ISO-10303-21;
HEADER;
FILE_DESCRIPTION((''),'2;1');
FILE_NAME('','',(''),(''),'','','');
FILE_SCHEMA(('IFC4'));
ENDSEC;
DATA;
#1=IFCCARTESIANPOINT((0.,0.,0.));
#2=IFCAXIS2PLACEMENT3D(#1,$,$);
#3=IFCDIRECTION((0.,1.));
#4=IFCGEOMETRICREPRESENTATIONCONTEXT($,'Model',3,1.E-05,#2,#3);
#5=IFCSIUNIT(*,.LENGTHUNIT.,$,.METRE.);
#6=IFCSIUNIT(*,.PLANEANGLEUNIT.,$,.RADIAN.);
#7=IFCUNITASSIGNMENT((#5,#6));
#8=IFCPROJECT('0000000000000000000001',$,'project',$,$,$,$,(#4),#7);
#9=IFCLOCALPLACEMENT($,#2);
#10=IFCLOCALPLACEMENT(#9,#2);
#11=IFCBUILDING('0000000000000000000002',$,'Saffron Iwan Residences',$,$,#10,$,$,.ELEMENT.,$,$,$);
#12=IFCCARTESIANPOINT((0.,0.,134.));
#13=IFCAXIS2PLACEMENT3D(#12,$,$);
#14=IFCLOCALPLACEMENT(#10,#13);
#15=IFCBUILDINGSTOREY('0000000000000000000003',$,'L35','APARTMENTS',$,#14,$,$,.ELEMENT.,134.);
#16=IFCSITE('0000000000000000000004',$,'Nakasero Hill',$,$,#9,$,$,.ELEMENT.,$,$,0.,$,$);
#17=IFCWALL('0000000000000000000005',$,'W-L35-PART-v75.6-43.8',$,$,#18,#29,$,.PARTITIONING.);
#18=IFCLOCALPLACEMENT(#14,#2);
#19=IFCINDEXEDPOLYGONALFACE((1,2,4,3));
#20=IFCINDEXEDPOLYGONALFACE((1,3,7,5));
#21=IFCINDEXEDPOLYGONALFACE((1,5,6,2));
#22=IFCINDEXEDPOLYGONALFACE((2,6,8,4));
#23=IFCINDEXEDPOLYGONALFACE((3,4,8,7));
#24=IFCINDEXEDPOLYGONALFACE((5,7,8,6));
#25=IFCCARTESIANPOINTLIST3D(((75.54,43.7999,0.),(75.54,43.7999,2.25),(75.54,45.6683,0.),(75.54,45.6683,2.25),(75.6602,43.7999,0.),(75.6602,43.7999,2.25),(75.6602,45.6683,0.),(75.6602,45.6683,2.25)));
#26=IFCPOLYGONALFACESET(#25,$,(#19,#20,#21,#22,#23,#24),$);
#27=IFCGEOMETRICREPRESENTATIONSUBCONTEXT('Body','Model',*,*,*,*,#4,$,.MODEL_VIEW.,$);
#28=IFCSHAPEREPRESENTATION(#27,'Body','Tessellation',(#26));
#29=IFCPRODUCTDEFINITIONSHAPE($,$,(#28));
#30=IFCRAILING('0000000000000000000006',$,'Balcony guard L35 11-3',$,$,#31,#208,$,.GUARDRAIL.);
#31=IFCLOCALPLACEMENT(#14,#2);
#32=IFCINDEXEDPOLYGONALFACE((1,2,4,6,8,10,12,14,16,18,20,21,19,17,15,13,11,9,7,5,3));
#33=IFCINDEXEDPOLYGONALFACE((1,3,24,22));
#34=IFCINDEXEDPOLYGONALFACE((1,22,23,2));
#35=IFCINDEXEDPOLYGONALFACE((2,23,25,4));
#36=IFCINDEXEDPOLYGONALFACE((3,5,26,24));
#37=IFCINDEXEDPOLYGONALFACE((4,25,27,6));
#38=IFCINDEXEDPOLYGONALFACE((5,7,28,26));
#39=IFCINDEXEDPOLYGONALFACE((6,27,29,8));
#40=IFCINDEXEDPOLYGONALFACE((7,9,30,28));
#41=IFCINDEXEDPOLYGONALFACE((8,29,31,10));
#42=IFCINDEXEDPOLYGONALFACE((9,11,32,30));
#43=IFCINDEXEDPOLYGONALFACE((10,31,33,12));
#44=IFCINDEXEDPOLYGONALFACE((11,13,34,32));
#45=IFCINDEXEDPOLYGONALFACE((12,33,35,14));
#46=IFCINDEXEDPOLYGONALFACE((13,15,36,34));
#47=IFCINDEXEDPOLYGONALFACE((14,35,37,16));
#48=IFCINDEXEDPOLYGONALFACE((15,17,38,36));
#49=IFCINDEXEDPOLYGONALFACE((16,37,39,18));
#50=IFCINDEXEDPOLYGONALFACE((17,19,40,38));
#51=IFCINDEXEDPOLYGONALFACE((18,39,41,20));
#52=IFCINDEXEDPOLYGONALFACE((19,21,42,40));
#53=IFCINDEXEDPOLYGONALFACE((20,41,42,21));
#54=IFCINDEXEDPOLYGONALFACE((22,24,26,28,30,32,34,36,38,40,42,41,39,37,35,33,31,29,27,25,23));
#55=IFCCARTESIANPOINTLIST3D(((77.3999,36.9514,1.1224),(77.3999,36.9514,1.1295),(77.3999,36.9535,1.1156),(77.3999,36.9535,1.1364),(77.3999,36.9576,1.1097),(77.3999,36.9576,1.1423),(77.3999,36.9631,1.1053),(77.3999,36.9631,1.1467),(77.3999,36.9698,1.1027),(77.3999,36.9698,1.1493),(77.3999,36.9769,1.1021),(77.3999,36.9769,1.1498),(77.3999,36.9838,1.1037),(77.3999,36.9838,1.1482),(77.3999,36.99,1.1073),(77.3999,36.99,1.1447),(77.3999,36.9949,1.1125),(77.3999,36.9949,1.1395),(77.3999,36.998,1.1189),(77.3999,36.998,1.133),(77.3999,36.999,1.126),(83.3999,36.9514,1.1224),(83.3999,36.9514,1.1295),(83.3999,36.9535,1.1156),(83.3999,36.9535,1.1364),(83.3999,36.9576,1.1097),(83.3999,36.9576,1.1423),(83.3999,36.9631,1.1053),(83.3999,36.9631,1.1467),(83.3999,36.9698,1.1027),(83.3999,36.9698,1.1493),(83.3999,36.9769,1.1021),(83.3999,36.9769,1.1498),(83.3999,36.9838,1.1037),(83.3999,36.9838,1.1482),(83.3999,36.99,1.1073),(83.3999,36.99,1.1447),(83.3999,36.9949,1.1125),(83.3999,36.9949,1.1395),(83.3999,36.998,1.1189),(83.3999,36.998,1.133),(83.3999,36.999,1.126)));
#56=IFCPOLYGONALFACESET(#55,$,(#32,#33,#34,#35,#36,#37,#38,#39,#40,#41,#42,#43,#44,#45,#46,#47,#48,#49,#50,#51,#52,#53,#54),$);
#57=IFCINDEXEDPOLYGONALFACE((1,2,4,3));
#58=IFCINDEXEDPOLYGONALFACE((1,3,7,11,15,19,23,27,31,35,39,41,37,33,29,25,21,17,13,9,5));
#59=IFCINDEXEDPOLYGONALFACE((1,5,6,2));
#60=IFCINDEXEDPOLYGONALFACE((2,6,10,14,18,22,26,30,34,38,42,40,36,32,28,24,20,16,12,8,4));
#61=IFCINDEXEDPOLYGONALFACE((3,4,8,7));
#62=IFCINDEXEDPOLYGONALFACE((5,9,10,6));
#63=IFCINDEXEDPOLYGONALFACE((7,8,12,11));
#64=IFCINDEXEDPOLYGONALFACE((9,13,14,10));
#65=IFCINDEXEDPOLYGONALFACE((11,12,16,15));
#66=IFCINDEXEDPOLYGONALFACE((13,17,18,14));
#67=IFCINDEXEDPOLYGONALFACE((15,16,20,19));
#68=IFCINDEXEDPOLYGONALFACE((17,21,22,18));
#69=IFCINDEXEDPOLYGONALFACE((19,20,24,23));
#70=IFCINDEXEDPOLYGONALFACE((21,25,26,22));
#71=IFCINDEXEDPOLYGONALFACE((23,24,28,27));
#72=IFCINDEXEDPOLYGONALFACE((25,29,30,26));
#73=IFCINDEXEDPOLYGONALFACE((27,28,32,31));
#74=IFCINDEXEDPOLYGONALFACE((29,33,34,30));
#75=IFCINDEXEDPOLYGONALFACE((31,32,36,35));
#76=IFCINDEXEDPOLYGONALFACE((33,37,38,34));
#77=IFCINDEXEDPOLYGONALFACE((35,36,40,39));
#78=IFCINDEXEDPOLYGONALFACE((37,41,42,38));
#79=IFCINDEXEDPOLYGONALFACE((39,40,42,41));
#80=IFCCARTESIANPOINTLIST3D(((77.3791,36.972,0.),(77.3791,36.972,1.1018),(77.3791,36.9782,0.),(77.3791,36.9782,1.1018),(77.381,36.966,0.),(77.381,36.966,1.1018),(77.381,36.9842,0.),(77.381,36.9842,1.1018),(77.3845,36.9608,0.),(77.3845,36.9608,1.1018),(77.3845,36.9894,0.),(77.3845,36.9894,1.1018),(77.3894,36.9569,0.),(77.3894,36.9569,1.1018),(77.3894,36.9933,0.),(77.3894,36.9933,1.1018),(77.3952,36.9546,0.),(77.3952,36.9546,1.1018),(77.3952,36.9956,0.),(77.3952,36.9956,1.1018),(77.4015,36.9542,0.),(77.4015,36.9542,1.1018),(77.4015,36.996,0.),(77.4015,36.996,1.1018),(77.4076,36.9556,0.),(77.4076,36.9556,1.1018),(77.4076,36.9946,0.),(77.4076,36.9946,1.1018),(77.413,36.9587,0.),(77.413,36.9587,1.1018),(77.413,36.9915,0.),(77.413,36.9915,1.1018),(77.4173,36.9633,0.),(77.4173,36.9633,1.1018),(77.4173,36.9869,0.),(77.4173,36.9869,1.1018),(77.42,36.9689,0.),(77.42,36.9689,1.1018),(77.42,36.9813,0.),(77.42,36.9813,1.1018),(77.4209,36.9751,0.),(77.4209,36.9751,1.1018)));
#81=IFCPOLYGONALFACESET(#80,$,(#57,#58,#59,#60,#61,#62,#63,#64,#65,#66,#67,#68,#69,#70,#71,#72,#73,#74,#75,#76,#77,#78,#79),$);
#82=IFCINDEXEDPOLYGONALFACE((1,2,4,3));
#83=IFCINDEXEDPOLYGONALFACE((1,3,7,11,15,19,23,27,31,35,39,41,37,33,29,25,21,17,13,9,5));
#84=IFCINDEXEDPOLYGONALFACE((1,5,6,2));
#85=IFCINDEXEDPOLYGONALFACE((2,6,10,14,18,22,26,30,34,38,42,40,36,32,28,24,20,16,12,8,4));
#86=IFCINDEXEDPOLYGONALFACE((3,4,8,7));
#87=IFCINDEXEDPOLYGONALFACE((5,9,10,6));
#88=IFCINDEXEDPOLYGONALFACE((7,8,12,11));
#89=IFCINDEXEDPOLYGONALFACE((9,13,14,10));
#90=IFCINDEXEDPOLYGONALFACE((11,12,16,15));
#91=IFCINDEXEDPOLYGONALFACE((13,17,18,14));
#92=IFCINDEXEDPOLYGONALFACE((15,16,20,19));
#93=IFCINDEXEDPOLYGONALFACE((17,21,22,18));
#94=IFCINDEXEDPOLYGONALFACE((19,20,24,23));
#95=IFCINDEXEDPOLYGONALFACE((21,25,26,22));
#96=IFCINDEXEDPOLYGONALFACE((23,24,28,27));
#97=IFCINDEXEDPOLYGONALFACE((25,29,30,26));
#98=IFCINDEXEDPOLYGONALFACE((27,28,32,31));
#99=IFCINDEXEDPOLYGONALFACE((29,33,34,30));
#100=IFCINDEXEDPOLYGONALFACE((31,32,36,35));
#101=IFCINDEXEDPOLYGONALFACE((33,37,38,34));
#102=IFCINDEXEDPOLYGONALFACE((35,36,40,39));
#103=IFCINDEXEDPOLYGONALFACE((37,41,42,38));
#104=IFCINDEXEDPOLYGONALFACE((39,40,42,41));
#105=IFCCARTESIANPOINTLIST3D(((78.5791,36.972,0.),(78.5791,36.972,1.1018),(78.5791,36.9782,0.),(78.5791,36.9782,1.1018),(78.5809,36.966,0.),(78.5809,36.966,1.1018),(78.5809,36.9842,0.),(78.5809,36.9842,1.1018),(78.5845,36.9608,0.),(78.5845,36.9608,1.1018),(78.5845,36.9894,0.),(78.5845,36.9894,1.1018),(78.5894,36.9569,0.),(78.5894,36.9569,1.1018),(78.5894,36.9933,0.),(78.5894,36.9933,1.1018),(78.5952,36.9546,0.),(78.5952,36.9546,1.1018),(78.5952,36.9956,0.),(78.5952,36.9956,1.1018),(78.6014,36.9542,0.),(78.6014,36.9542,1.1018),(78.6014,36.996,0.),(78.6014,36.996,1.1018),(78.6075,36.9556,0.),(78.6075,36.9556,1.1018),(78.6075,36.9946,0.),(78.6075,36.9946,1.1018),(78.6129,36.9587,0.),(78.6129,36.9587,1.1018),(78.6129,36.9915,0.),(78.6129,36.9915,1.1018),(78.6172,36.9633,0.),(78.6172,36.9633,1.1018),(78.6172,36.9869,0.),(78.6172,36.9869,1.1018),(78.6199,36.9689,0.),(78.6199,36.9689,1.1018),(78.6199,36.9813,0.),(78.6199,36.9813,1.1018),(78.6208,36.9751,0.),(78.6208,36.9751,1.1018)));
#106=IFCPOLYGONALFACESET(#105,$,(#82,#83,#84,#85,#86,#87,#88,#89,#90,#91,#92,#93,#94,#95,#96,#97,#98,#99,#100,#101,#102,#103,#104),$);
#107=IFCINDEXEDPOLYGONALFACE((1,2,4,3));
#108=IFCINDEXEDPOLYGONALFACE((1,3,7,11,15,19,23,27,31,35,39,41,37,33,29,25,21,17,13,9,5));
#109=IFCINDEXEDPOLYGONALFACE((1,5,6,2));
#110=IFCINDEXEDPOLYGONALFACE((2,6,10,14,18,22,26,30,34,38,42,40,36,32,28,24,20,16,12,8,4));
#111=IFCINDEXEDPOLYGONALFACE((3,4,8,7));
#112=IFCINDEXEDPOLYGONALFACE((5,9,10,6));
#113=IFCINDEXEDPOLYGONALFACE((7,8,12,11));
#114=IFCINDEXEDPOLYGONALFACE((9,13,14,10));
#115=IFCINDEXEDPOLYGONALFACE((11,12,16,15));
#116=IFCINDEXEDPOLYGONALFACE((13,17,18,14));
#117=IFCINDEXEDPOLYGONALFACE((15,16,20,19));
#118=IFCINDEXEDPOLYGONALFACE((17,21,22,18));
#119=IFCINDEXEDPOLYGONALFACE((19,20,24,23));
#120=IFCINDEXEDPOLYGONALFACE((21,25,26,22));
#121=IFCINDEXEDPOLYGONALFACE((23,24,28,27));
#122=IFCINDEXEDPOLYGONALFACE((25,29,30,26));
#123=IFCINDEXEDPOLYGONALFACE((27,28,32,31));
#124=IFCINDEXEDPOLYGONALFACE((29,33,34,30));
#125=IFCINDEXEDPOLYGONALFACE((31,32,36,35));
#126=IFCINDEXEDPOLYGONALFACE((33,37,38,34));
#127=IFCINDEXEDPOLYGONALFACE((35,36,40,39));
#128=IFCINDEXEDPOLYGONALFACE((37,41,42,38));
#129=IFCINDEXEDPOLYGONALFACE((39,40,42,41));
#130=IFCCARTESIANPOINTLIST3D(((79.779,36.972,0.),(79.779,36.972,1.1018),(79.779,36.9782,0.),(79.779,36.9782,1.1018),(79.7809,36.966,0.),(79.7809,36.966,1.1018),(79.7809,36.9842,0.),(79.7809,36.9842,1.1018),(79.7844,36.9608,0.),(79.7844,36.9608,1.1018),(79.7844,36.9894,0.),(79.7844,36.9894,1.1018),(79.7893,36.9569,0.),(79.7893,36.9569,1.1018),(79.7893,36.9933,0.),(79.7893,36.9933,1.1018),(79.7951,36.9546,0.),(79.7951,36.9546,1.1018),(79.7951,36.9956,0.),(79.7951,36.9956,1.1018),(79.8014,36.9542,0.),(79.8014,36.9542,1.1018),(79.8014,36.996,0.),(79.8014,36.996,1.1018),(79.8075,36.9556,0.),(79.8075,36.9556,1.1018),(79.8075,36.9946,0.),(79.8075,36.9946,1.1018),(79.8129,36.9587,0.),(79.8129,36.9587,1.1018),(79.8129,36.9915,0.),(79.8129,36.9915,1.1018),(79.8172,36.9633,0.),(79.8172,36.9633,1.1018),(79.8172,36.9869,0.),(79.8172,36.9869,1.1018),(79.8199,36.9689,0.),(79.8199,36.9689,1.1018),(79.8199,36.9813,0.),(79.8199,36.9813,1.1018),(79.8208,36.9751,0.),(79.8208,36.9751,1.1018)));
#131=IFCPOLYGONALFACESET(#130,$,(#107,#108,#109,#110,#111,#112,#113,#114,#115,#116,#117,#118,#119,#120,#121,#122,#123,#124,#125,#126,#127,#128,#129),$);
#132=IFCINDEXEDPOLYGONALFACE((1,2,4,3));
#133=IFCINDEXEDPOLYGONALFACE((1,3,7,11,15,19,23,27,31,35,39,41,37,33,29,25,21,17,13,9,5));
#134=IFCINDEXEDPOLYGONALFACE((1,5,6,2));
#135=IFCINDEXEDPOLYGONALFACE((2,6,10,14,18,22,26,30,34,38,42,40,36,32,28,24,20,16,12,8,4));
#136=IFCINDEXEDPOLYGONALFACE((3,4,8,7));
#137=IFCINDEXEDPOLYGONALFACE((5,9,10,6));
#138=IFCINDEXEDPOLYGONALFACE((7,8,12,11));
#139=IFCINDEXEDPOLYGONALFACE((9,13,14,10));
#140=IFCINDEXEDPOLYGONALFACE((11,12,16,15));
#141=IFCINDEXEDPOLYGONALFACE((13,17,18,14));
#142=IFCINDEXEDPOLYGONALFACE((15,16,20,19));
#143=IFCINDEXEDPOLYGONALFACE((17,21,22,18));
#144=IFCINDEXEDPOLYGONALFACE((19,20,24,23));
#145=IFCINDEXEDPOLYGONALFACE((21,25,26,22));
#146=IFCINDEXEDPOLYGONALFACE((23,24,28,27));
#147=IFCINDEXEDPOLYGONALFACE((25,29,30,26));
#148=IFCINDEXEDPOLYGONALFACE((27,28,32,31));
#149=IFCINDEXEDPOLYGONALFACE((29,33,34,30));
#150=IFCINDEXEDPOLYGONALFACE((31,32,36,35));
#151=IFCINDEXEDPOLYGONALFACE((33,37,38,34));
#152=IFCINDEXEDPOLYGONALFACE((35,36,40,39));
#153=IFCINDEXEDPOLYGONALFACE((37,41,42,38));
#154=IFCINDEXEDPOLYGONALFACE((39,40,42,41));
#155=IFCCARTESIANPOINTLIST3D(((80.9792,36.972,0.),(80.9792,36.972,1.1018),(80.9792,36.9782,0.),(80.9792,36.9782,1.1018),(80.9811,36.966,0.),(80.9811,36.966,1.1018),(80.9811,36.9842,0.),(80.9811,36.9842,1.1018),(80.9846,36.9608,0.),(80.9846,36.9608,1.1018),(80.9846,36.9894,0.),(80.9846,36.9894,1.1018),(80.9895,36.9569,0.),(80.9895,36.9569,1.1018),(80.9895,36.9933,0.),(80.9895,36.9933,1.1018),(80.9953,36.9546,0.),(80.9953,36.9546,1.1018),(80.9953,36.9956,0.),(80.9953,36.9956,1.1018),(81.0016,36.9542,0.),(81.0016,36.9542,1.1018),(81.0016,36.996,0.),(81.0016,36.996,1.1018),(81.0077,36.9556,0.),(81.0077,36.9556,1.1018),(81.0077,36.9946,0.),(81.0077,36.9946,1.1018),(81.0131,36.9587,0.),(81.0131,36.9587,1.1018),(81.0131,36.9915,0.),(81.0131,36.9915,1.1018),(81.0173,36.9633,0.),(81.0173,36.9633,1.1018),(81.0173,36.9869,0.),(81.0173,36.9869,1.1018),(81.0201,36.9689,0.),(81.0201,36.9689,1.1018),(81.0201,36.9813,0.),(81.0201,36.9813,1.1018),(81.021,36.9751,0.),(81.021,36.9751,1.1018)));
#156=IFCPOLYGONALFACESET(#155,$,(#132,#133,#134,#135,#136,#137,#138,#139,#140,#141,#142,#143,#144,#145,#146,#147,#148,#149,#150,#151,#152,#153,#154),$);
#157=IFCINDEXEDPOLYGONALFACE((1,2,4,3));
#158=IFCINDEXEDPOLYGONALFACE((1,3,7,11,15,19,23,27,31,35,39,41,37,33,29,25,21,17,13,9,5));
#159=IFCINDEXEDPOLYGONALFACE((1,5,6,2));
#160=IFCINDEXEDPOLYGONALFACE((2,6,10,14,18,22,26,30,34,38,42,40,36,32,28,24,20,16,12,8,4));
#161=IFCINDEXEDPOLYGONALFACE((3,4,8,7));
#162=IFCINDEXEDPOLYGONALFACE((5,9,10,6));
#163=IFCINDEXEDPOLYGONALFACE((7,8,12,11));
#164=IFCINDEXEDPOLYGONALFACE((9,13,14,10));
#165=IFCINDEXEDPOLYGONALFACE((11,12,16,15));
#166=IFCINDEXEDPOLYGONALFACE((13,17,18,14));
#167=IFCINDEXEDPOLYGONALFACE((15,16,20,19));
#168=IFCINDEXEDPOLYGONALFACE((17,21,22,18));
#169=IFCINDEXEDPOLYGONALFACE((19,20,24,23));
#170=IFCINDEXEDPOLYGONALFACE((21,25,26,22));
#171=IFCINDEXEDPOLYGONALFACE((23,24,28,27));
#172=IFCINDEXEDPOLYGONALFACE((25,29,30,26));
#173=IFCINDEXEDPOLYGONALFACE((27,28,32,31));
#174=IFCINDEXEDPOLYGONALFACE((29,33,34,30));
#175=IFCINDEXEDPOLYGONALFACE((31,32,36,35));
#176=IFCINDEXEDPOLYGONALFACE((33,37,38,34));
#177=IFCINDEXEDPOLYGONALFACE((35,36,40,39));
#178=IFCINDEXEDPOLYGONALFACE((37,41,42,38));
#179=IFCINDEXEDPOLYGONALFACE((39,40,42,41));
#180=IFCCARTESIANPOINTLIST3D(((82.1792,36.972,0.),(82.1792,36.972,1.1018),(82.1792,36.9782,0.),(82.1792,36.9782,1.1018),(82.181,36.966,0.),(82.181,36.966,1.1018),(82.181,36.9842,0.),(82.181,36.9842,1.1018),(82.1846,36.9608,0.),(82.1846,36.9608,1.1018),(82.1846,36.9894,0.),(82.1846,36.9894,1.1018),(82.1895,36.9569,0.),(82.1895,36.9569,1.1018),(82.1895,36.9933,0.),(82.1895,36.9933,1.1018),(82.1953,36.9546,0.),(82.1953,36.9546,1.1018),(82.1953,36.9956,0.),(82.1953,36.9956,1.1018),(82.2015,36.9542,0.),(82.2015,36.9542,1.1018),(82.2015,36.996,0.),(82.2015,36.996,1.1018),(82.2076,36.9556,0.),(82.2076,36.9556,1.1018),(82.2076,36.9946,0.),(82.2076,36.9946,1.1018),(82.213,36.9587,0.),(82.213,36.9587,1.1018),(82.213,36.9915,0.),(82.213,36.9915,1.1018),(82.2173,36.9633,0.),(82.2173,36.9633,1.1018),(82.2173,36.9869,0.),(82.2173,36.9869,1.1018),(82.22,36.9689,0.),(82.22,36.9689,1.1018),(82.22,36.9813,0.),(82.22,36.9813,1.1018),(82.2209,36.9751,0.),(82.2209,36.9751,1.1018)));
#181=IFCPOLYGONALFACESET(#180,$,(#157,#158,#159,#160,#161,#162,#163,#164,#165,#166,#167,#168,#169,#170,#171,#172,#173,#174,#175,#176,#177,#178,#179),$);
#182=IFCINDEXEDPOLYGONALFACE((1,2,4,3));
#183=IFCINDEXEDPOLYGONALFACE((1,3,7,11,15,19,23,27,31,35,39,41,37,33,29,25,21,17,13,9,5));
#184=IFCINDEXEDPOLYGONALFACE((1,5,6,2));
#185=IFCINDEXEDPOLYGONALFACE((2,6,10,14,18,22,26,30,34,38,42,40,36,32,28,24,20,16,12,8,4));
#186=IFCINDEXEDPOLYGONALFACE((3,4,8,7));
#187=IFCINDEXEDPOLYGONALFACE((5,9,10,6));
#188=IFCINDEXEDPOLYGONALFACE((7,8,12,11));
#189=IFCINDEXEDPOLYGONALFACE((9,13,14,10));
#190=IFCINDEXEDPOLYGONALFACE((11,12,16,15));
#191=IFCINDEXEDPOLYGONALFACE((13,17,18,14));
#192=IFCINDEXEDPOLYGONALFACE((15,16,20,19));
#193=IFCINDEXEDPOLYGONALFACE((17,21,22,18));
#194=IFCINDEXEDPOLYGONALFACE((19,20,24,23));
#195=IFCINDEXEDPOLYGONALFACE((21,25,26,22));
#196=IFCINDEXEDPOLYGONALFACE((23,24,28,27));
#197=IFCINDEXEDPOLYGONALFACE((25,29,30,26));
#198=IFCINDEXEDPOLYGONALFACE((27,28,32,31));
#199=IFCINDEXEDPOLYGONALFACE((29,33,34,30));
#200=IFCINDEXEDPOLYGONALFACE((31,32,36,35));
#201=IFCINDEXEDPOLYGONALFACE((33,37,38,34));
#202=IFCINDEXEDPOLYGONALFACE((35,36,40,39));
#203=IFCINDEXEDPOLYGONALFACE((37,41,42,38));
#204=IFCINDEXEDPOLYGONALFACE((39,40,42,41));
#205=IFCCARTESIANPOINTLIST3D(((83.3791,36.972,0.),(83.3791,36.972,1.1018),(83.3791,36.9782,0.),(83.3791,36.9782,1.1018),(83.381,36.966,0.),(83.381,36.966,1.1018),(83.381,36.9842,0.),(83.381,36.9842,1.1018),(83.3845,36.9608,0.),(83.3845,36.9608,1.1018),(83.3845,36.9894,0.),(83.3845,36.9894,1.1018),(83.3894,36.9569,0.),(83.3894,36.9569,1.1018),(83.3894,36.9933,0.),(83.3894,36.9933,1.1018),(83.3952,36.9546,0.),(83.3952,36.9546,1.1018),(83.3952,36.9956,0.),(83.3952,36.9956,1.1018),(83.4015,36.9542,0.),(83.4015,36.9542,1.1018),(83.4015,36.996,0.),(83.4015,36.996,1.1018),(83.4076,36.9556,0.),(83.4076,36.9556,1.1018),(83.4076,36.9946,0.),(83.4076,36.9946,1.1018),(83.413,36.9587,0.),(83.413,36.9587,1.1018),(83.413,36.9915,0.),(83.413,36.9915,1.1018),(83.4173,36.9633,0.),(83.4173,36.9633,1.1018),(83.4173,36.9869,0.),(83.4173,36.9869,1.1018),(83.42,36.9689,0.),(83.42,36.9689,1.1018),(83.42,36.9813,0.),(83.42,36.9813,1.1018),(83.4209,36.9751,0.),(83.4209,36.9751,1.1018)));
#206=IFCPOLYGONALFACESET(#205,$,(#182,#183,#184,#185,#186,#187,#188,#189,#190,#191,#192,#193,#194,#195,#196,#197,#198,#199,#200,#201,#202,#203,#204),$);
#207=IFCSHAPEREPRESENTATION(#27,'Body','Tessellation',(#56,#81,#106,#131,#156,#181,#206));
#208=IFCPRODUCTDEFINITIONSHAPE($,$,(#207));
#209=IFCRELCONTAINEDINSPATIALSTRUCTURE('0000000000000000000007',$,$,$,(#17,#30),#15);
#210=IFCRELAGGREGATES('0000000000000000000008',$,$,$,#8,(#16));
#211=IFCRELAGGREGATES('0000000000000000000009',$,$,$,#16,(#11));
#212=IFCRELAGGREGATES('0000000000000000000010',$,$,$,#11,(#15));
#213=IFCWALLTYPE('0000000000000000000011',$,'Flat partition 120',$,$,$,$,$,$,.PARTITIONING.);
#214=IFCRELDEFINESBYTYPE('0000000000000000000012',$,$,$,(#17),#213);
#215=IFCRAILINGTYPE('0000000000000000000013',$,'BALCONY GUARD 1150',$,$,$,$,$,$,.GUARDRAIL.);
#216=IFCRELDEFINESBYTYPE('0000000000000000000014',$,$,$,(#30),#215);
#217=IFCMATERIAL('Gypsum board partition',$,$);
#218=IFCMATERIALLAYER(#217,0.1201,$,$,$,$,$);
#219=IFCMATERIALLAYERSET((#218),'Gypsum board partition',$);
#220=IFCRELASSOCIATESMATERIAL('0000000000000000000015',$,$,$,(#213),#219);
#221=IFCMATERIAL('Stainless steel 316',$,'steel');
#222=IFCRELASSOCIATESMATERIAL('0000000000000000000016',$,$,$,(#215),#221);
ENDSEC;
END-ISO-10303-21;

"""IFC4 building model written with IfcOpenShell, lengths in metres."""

from ifc_helpers import new_model, si_unit, direction, frame, frame_2d, origin, origin_2d, place, context, subcontext, project, spatial, rectangle, circle, extrude, material, layer, layer_set, type_object, element, save


model = new_model("IFC4")

# Units and contexts
model_context = context("Model", 3, precision=1e-05, world=origin(), true_north=direction((0.0, 1.0)))
body_context = subcontext(model_context, "Body", "Model", "MODEL_VIEW")
ifc_project = project(units=[si_unit("LENGTHUNIT", "METRE"), si_unit("PLANEANGLEUNIT", "RADIAN")], contexts=[model_context])

# Site, building, storey
site_placement = place(None, origin())
site = spatial("IfcSite", under=ifc_project, at=site_placement, Name="Nakasero Hill", CompositionType="ELEMENT", RefElevation=0.0)
building_placement = place(site_placement, origin())
building = spatial("IfcBuilding", under=site, at=building_placement, Name="Saffron Iwan Residences", CompositionType="ELEMENT")
storey_placement = place(building_placement, frame((0.0, 0.0, 134.0)))
storey = spatial("IfcBuildingStorey", under=building, at=storey_placement, Name="L35", Description="APARTMENTS", CompositionType="ELEMENT", Elevation=134.0)

# Shared definitions
ifc_material_1 = material(Name="Gypsum board partition")
ifc_layer_1 = layer(ifc_material_1, 0.1201)
ifc_layer_set_1 = layer_set([ifc_layer_1], Name="Gypsum board partition")
wall_type_1 = type_object("IfcWallType", Name="Flat partition 120", PredefinedType="PARTITIONING", material=ifc_layer_set_1)

# Wall
wall_1_placement = place(storey_placement, frame((75.6001, 43.8, 0.0), z_axis=(0.0, 0.0, 1.0), x_axis=(0.0, 1.0, 0.0)))
element("IfcWall", 1, at=wall_1_placement, inside=storey, type_object=wall_type_1, Name="W-L35-PART-v75.6-43.8", PredefinedType="PARTITIONING", context=body_context, shape_type="SweptSolid", body=[
    extrude(rectangle(XDim=1.8684, YDim=0.1201, at=frame_2d((0.9341, 0.0))), origin(), (0.0, 0.0, 1.0), 2.25),
])

# Railing
ifc_material_2 = material(Name="Stainless steel 316", Category="steel")
railing_type = type_object("IfcRailingType", Name="BALCONY GUARD 1150", PredefinedType="GUARDRAIL", material=ifc_material_2)
railing_placement = place(storey_placement, frame((77.3999, 36.9751, 0.0)))
element("IfcRailing", 2, at=railing_placement, inside=storey, type_object=railing_type, Name="Balcony guard L35 11-3", PredefinedType="GUARDRAIL", context=body_context, shape_type="SweptSolid", body=[
    extrude(circle(Radius=0.0239, at=origin_2d()), frame((0.0, 0.0, 1.126), z_axis=(1.0, 0.0, 0.0), x_axis=(0.0, 1.0, 0.0)), (0.0, 0.0, 1.0), 6.0),
    extrude(circle(Radius=0.021, at=origin_2d()), origin(), (0.0, 0.0, 1.0), 1.1018),
    extrude(circle(Radius=0.021, at=origin_2d()), frame((1.2, 0.0, 0.0)), (0.0, 0.0, 1.0), 1.1018),
    extrude(circle(Radius=0.021, at=origin_2d()), frame((2.3999, 0.0, 0.0)), (0.0, 0.0, 1.0), 1.1018),
    extrude(circle(Radius=0.021, at=origin_2d()), frame((3.6001, 0.0, 0.0)), (0.0, 0.0, 1.0), 1.1018),
    extrude(circle(Radius=0.021, at=origin_2d()), frame((4.8, 0.0, 0.0)), (0.0, 0.0, 1.0), 1.1018),
    extrude(circle(Radius=0.021, at=origin_2d()), frame((6.0, 0.0, 0.0)), (0.0, 0.0, 1.0), 1.1018),
])

save(model, "model.ifc")
